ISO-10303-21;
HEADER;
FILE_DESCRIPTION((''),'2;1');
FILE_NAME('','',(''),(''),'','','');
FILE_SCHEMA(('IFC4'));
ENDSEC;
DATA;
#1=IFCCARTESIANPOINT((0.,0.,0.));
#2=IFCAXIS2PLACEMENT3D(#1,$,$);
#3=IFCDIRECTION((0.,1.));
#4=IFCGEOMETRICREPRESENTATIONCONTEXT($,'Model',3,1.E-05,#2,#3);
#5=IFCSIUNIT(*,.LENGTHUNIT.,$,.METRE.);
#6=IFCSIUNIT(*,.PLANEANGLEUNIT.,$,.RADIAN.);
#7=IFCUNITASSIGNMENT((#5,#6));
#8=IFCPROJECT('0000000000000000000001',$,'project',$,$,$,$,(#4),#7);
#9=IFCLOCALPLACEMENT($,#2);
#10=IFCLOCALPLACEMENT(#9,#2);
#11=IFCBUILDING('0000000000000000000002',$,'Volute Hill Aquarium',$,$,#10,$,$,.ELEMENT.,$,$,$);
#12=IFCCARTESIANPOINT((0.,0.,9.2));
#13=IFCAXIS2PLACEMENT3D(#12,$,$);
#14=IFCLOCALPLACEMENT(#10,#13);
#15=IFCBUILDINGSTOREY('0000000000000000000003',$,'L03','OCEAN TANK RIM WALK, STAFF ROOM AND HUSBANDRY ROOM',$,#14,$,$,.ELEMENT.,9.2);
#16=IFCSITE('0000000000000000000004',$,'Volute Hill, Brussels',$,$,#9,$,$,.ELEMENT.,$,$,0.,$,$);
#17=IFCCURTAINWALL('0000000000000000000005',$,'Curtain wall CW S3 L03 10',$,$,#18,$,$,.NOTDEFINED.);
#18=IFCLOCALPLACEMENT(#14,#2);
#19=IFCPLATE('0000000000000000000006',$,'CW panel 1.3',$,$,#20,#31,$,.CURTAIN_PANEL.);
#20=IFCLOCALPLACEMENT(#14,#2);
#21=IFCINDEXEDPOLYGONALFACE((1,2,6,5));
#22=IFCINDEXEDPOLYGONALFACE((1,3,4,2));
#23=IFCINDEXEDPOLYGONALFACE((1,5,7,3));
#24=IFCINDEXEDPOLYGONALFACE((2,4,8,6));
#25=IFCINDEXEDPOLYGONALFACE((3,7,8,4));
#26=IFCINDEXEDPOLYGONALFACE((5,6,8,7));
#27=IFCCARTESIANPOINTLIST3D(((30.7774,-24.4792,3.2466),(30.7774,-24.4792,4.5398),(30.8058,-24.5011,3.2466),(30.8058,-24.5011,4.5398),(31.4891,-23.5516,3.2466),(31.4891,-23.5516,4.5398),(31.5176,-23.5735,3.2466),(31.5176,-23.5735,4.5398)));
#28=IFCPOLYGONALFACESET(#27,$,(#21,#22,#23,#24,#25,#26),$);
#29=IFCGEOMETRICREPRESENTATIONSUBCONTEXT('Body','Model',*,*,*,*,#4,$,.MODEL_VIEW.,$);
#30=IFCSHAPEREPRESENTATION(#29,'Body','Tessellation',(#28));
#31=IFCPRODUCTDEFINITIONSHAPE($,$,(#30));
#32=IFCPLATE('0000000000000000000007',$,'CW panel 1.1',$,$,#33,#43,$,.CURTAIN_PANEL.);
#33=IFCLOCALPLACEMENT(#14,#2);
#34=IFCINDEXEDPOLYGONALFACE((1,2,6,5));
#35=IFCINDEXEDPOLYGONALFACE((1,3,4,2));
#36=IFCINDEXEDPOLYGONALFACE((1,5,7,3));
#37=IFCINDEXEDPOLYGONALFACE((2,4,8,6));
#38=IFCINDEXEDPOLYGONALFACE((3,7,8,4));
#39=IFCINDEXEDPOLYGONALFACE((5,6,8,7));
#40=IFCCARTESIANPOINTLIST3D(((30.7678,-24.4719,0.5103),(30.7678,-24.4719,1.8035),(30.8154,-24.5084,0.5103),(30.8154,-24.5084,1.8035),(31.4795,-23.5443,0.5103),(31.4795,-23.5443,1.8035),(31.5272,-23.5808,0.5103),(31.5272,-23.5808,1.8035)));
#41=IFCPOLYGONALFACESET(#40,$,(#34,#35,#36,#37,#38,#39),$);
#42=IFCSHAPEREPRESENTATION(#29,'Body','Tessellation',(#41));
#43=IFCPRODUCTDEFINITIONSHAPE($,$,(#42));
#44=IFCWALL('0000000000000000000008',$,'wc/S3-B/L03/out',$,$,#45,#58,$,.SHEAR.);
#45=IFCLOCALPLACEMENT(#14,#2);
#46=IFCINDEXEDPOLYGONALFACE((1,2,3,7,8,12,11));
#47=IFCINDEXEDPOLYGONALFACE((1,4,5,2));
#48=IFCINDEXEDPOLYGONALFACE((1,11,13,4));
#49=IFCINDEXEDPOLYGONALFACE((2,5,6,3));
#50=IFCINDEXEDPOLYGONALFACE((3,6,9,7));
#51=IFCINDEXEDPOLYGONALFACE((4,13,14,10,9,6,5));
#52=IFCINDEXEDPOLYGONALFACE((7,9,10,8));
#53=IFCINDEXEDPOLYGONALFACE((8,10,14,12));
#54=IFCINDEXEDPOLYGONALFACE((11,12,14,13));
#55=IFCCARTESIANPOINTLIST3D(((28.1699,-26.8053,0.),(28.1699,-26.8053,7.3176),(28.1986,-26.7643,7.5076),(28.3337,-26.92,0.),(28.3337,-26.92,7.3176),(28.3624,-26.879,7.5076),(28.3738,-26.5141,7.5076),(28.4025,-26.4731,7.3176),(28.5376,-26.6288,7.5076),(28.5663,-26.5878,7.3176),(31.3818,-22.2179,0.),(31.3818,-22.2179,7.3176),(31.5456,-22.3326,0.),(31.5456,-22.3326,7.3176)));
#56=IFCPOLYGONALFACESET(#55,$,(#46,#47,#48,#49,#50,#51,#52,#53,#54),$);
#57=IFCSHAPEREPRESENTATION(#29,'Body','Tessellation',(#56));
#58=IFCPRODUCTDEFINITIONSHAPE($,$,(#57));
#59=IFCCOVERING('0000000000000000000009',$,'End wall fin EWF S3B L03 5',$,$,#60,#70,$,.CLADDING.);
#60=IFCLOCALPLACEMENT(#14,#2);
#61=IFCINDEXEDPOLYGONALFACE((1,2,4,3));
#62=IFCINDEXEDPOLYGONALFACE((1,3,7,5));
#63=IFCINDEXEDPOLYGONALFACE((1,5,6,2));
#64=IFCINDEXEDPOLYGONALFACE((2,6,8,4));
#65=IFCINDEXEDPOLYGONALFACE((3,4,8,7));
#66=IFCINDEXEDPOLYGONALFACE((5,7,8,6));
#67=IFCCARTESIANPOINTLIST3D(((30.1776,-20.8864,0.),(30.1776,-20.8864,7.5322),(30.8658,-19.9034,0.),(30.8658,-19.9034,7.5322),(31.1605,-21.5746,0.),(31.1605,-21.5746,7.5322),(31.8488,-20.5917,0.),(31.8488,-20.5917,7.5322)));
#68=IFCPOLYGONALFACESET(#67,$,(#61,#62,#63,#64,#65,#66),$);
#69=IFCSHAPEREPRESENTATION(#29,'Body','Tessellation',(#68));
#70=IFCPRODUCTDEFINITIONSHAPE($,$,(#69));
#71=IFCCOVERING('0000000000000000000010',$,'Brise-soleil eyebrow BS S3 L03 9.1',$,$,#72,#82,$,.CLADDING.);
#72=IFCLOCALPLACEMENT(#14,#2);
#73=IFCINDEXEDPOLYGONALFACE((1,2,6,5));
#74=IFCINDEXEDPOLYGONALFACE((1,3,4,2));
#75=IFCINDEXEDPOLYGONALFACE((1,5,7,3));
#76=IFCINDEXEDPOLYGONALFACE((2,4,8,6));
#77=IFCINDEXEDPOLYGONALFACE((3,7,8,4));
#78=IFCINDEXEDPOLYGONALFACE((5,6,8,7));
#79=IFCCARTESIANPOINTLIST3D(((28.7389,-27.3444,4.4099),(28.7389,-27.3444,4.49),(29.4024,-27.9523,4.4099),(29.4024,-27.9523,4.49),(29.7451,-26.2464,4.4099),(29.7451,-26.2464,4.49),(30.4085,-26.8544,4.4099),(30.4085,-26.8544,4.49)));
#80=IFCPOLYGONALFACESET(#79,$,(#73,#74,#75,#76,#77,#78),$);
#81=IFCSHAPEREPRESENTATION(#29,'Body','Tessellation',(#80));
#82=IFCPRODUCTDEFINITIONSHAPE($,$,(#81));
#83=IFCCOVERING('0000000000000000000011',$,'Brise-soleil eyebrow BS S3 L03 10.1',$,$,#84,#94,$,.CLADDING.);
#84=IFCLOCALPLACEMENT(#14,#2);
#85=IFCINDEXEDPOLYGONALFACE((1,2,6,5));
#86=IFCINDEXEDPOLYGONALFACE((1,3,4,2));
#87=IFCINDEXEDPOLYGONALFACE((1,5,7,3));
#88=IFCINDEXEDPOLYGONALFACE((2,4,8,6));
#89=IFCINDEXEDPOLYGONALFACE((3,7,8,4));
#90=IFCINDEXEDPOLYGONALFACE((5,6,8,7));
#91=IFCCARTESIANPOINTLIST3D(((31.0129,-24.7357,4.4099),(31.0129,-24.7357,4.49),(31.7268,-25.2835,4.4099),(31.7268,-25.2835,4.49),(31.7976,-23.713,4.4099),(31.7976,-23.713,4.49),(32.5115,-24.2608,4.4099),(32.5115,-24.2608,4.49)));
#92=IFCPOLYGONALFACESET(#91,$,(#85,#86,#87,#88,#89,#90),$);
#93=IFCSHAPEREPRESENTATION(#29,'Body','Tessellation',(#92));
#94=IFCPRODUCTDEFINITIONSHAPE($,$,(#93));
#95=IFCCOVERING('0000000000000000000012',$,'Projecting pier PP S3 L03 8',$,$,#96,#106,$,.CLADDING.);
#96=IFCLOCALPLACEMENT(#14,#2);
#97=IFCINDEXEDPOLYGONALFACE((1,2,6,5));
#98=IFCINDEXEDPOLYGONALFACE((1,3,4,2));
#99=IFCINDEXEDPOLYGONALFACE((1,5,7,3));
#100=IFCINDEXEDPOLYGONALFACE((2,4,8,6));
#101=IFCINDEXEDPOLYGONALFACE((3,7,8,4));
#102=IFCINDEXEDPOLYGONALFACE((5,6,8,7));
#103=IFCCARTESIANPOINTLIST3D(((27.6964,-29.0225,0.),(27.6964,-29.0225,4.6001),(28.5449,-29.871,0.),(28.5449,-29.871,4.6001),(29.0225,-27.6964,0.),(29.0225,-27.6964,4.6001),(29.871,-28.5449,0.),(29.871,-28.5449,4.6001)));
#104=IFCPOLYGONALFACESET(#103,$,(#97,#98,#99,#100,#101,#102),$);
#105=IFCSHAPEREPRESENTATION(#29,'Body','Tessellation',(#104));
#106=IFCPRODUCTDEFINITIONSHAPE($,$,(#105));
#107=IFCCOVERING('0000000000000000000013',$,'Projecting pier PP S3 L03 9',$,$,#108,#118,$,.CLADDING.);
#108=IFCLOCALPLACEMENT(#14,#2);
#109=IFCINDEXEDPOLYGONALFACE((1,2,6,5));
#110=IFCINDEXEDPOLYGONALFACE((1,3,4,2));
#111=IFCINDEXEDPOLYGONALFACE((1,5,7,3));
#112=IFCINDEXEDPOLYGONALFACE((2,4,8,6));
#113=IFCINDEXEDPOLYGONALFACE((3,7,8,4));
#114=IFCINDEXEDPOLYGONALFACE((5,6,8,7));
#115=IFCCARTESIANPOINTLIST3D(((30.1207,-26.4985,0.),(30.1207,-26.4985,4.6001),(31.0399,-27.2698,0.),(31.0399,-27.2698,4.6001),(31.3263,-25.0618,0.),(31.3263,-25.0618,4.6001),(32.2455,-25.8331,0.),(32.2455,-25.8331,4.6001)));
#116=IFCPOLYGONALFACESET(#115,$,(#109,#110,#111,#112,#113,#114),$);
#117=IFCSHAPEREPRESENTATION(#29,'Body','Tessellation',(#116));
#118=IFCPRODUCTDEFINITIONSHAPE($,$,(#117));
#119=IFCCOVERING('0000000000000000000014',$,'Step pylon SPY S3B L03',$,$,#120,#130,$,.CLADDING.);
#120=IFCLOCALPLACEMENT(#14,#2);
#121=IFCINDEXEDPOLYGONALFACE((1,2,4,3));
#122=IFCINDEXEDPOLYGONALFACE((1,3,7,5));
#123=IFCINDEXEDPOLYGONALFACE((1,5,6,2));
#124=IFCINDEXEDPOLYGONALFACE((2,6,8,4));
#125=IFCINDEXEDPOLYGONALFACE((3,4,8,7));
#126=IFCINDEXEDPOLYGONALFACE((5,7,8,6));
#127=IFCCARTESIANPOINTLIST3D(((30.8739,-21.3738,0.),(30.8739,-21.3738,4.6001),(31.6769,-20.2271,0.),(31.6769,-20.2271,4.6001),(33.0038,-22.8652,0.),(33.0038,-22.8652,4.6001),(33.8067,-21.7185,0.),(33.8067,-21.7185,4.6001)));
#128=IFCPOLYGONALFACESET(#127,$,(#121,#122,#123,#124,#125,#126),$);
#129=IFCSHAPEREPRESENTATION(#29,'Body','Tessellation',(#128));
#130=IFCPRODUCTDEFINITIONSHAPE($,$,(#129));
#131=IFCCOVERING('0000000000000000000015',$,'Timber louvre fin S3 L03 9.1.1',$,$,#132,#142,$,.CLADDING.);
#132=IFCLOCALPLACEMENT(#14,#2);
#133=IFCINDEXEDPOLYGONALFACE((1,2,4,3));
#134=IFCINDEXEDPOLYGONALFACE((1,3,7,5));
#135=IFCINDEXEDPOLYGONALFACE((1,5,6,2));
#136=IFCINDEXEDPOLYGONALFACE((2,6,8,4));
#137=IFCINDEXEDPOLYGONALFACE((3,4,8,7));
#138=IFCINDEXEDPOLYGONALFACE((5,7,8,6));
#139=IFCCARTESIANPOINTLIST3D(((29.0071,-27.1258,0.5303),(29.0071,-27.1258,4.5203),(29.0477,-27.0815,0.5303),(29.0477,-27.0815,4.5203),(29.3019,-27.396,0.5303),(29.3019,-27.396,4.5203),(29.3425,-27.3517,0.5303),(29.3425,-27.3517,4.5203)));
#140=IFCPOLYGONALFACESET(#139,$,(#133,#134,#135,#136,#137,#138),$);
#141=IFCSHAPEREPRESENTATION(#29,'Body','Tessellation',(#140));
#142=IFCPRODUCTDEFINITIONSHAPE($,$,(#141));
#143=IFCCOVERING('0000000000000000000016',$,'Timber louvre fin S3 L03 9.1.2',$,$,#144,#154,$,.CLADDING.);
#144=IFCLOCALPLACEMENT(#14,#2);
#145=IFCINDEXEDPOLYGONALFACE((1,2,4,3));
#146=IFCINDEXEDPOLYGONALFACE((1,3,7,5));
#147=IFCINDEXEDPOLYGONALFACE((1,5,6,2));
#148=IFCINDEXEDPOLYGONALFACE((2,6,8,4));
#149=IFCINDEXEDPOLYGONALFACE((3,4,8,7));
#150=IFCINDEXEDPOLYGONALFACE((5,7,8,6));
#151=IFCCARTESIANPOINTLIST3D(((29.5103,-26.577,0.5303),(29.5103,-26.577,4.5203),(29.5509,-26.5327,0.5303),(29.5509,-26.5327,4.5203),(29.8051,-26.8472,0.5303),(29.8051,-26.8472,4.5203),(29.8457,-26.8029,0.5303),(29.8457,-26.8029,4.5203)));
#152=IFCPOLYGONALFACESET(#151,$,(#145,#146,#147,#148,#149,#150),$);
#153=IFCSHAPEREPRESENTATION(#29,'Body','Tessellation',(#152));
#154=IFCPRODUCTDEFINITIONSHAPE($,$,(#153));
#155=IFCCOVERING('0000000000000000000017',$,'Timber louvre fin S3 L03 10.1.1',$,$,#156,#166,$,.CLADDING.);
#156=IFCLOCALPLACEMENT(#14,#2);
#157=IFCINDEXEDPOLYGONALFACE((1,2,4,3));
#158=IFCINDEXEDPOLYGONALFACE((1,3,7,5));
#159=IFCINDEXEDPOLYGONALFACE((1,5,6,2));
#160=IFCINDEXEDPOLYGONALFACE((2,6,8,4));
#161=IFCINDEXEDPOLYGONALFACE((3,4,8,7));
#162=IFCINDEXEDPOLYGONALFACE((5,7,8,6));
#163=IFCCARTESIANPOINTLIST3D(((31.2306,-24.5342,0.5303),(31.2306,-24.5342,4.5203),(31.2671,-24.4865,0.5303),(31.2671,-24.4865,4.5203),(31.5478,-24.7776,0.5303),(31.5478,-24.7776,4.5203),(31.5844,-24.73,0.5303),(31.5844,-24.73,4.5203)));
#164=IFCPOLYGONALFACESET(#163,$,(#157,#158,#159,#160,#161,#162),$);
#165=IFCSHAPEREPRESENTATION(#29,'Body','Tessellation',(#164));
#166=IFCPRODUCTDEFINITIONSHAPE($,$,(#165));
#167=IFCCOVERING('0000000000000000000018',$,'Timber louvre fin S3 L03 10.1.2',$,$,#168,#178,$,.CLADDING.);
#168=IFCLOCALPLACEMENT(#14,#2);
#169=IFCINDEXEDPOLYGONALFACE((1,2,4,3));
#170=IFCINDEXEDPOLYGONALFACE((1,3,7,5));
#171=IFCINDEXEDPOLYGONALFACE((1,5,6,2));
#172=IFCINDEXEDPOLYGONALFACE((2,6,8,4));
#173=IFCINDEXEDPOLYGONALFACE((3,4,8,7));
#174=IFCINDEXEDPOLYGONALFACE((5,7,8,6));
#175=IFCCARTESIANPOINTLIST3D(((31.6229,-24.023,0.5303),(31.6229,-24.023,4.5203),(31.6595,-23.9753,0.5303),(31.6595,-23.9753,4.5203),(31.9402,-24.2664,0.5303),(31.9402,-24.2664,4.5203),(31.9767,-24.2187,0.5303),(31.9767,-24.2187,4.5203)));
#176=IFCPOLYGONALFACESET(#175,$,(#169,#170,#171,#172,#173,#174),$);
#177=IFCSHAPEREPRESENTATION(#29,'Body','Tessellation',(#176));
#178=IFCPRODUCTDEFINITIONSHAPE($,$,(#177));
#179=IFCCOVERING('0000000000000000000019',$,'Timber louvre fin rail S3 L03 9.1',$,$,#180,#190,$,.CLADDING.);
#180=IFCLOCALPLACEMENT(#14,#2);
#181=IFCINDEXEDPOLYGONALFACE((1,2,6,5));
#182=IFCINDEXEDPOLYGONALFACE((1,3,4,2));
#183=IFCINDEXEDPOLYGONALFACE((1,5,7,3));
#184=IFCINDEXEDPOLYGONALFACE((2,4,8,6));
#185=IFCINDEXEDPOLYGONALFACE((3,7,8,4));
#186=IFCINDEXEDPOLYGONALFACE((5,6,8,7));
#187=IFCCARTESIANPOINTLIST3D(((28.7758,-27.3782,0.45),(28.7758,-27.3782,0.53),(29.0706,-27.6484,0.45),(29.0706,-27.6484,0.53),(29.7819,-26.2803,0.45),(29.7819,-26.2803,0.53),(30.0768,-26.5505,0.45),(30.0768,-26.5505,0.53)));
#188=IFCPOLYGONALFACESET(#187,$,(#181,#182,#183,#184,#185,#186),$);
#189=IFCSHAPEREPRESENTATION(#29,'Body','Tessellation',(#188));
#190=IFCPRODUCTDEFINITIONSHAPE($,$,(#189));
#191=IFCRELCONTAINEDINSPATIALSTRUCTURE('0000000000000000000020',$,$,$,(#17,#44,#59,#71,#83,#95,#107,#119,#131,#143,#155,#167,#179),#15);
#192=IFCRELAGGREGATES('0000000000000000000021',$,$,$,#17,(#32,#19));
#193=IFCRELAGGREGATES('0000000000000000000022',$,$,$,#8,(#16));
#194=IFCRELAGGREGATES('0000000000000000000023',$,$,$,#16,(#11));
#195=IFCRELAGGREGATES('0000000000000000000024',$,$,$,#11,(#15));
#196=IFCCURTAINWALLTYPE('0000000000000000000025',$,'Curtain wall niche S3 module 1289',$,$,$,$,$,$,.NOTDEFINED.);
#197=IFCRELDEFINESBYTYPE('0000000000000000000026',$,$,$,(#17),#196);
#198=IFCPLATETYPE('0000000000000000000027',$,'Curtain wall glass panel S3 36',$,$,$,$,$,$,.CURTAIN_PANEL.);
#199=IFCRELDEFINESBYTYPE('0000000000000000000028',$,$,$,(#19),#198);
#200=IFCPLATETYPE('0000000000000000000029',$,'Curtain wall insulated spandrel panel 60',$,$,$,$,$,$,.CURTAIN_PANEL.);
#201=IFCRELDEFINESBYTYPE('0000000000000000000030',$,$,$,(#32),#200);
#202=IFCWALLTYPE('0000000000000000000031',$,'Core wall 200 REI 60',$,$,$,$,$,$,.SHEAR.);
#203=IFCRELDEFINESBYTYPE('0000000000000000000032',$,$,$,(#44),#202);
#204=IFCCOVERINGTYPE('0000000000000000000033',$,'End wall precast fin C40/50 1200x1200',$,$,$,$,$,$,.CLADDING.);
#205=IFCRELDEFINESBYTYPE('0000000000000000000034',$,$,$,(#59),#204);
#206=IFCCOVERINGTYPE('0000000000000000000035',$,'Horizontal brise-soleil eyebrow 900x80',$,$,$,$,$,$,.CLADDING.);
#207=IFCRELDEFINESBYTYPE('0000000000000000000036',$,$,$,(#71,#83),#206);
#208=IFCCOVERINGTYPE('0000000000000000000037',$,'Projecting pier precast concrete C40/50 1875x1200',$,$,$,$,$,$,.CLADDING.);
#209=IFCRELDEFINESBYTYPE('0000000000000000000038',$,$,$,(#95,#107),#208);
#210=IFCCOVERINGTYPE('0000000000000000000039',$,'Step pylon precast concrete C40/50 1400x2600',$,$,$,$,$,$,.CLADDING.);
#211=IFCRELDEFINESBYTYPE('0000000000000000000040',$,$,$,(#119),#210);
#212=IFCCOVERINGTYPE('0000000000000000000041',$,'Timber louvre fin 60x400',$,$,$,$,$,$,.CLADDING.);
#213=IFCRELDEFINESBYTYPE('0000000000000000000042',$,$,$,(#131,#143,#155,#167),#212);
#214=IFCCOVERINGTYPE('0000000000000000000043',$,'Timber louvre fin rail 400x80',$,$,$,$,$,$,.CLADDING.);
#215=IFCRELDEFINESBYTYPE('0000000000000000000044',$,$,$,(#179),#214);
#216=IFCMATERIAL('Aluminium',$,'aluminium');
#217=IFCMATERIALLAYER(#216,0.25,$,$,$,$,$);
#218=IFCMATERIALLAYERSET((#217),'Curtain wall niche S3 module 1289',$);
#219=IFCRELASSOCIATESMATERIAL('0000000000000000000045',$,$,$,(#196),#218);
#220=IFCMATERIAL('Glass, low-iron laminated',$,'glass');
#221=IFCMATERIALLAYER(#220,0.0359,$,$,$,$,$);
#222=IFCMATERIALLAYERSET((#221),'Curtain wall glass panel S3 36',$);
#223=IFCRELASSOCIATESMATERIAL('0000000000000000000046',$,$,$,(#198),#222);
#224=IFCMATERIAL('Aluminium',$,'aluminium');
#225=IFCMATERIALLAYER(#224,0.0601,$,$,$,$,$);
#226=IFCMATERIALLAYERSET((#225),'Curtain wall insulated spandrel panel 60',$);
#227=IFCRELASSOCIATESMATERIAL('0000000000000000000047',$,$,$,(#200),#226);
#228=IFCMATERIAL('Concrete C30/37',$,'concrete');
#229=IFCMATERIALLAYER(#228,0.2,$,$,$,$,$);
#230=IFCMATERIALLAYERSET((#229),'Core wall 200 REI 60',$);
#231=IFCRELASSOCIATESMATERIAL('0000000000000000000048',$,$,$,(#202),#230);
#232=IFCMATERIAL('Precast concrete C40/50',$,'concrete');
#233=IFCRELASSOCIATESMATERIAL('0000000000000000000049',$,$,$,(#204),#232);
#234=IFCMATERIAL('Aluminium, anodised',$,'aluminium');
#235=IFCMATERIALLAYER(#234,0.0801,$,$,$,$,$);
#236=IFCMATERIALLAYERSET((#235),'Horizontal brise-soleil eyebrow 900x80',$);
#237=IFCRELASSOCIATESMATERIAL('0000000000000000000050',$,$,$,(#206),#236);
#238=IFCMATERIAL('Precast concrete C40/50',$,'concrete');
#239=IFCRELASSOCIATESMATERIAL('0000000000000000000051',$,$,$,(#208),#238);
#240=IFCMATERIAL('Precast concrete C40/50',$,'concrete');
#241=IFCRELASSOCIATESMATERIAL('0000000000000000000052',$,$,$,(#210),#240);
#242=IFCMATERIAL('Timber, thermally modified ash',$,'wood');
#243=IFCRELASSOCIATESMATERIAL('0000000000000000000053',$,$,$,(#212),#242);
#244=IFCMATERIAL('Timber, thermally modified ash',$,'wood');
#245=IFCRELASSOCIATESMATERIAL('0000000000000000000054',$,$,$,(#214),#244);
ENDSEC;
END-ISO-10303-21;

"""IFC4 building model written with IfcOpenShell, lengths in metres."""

from ifc_helpers import new_model, si_unit, direction, frame, origin, origin_2d, place, context, subcontext, project, spatial, polyline, rectangle, outline, extrude, material, layer, layer_set, type_object, element, aggregate, save


model = new_model("IFC4")

# Units and contexts
model_context = context("Model", 3, precision=1e-05, world=origin(), true_north=direction((0.0, 1.0)))
body_context = subcontext(model_context, "Body", "Model", "MODEL_VIEW")
ifc_project = project(units=[si_unit("LENGTHUNIT", "METRE"), si_unit("PLANEANGLEUNIT", "RADIAN")], contexts=[model_context])

# Site, building, storey
site_placement = place(None, origin())
site = spatial("IfcSite", under=ifc_project, at=site_placement, Name="Volute Hill, Brussels", CompositionType="ELEMENT", RefElevation=0.0)
building_placement = place(site_placement, origin())
building = spatial("IfcBuilding", under=site, at=building_placement, Name="Volute Hill Aquarium", CompositionType="ELEMENT")
storey_placement = place(building_placement, frame((0.0, 0.0, 9.2)))
storey = spatial("IfcBuildingStorey", under=building, at=storey_placement, Name="L03", Description="OCEAN TANK RIM WALK, STAFF ROOM AND HUSBANDRY ROOM", CompositionType="ELEMENT", Elevation=9.2)

# Curtain wall
ifc_material_1 = material(Name="Aluminium", Category="aluminium")
ifc_layer_1 = layer(ifc_material_1, 0.25)
ifc_layer_set_1 = layer_set([ifc_layer_1], Name="Curtain wall niche S3 module 1289")
curtain_wall_type_1 = type_object("IfcCurtainWallType", Name="Curtain wall niche S3 module 1289", PredefinedType="NOTDEFINED", material=ifc_layer_set_1)
curtain_wall_1_placement = place(storey_placement, origin())
curtain_wall_1 = element("IfcCurtainWall", 1, at=curtain_wall_1_placement, inside=storey, type_object=curtain_wall_type_1, Name="Curtain wall CW S3 L03 10", PredefinedType="NOTDEFINED")

# Plates
ifc_material_2 = material(Name="Glass, low-iron laminated", Category="glass")
ifc_layer_2 = layer(ifc_material_2, 0.0359)
ifc_layer_set_2 = layer_set([ifc_layer_2], Name="Curtain wall glass panel S3 36")
plate_type_1 = type_object("IfcPlateType", Name="Curtain wall glass panel S3 36", PredefinedType="CURTAIN_PANEL", material=ifc_layer_set_2)
plate_1_placement = place(storey_placement, frame((31.1475, -24.0264, 3.2466), z_axis=(0.0, 0.0, 1.0), x_axis=(0.608745, 0.793366, 0.0)))
plate_1 = element("IfcPlate", 2, at=plate_1_placement, type_object=plate_type_1, Name="CW panel 1.3", PredefinedType="CURTAIN_PANEL", context=body_context, shape_type="SweptSolid", body=[
    extrude(rectangle(XDim=1.1692, YDim=0.0359, at=origin_2d()), origin(), (0.0, 0.0, 1.0), 1.2932),
])
ifc_material_3 = material(Name="Aluminium", Category="aluminium")
ifc_layer_3 = layer(ifc_material_3, 0.0601)
ifc_layer_set_3 = layer_set([ifc_layer_3], Name="Curtain wall insulated spandrel panel 60")
plate_type_2 = type_object("IfcPlateType", Name="Curtain wall insulated spandrel panel 60", PredefinedType="CURTAIN_PANEL", material=ifc_layer_set_3)
plate_2_placement = place(storey_placement, frame((31.1475, -24.0264, 0.5103), z_axis=(0.0, 0.0, 1.0), x_axis=(0.608745, 0.793366, 0.0)))
plate_2 = element("IfcPlate", 3, at=plate_2_placement, type_object=plate_type_2, Name="CW panel 1.1", PredefinedType="CURTAIN_PANEL", context=body_context, shape_type="SweptSolid", body=[
    extrude(rectangle(XDim=1.1692, YDim=0.0601, at=origin_2d()), origin(), (0.0, 0.0, 1.0), 1.2932),
])
aggregate(curtain_wall_1, [plate_2, plate_1])

# Wall
ifc_material_4 = material(Name="Concrete C30/37", Category="concrete")
ifc_layer_4 = layer(ifc_material_4, 0.2)
ifc_layer_set_4 = layer_set([ifc_layer_4], Name="Core wall 200 REI 60")
wall_type = type_object("IfcWallType", Name="Core wall 200 REI 60", PredefinedType="SHEAR", material=ifc_layer_set_4)
wall_placement = place(storey_placement, frame((31.4636, -22.2751, 0.0), z_axis=(0.0, 0.0, 1.0), x_axis=(-0.57355, -0.81917, 0.0)))
element("IfcWall", 4, at=wall_placement, inside=storey, type_object=wall_type, Name="wc/S3-B/L03/out", PredefinedType="SHEAR", context=body_context, shape_type="SweptSolid", body=[
    extrude(outline(polyline([(0.0, 0.0), (5.6001, 0.0), (5.6001, 7.3176), (5.55, 7.5076), (5.2446, 7.5076), (5.1946, 7.3176), (0.0, 7.3176), (0.0, 0.0)])), frame((0.0, 0.1001, 0.0), z_axis=(0.0, -1.0, 0.0), x_axis=(1.0, 0.0, 0.0)), (0.0, 0.0, 1.0), 0.2),
])

# Coverings
ifc_material_5 = material(Name="Precast concrete C40/50", Category="concrete")
covering_type_1 = type_object("IfcCoveringType", Name="End wall precast fin C40/50 1200x1200", PredefinedType="CLADDING", material=ifc_material_5)
covering_1_placement = place(storey_placement, frame((31.0132, -20.739, 0.0), z_axis=(0.0, 0.0, 1.0), x_axis=(0.819151, -0.573578, 0.0)))
element("IfcCovering", 5, at=covering_1_placement, inside=storey, type_object=covering_type_1, Name="End wall fin EWF S3B L03 5", PredefinedType="CLADDING", context=body_context, shape_type="SweptSolid", body=[
    extrude(rectangle(XDim=1.2, YDim=1.2, at=origin_2d()), origin(), (0.0, 0.0, 1.0), 7.5322),
])
ifc_material_6 = material(Name="Aluminium, anodised", Category="aluminium")
ifc_layer_5 = layer(ifc_material_6, 0.0801)
ifc_layer_set_5 = layer_set([ifc_layer_5], Name="Horizontal brise-soleil eyebrow 900x80")
covering_type_2 = type_object("IfcCoveringType", Name="Horizontal brise-soleil eyebrow 900x80", PredefinedType="CLADDING", material=ifc_layer_set_5)
covering_2_placement = place(storey_placement, frame((29.5737, -27.0994, 4.4099), z_axis=(0.0, 0.0, 1.0), x_axis=(0.675612, 0.737257, 0.0)))
element("IfcCovering", 6, at=covering_2_placement, inside=storey, type_object=covering_type_2, Name="Brise-soleil eyebrow BS S3 L03 9.1", PredefinedType="CLADDING", context=body_context, shape_type="SweptSolid", body=[
    extrude(rectangle(XDim=1.4893, YDim=0.8999, at=origin_2d()), origin(), (0.0, 0.0, 1.0), 0.0801),
])
covering_3_placement = place(storey_placement, frame((31.7622, -24.4983, 4.4099), z_axis=(0.0, 0.0, 1.0), x_axis=(0.608746, 0.793365, 0.0)))
element("IfcCovering", 7, at=covering_3_placement, inside=storey, type_object=covering_type_2, Name="Brise-soleil eyebrow BS S3 L03 10.1", PredefinedType="CLADDING", context=body_context, shape_type="SweptSolid", body=[
    extrude(rectangle(XDim=1.2891, YDim=0.8999, at=origin_2d()), origin(), (0.0, 0.0, 1.0), 0.0801),
])
ifc_material_7 = material(Name="Precast concrete C40/50", Category="concrete")
covering_type_3 = type_object("IfcCoveringType", Name="Projecting pier precast concrete C40/50 1875x1200", PredefinedType="CLADDING", material=ifc_material_7)
for number, where, z_axis, x_axis, name in (
    (8, (28.7837, -28.7837, 0.0), (0.0, 0.0, 1.0), (0.707107, 0.707107, 0.0), "Projecting pier PP S3 L03 8"),
    (9, (31.1831, -26.1658, 0.0), (0.0, 0.0, 1.0), (0.642788, 0.766044, 0.0), "Projecting pier PP S3 L03 9"),
):
    element("IfcCovering", number, at=place(storey_placement, frame(where, z_axis=z_axis, x_axis=x_axis)), inside=storey, type_object=covering_type_3, Name=name, PredefinedType="CLADDING", context=body_context, shape_type="SweptSolid", body=[
        extrude(rectangle(XDim=1.8755, YDim=1.2, at=origin_2d()), origin(), (0.0, 0.0, 1.0), 4.6001),
    ])
ifc_material_8 = material(Name="Precast concrete C40/50", Category="concrete")
covering_type_4 = type_object("IfcCoveringType", Name="Step pylon precast concrete C40/50 1400x2600", PredefinedType="CLADDING", material=ifc_material_8)
covering_4_placement = place(storey_placement, frame((32.3403, -21.5461, 0.0), z_axis=(0.0, 0.0, 1.0), x_axis=(0.819152, -0.573576, 0.0)))
element("IfcCovering", 10, at=covering_4_placement, inside=storey, type_object=covering_type_4, Name="Step pylon SPY S3B L03", PredefinedType="CLADDING", context=body_context, shape_type="SweptSolid", body=[
    extrude(rectangle(XDim=2.6001, YDim=1.3999, at=origin_2d()), origin(), (0.0, 0.0, 1.0), 4.6001),
])
ifc_material_9 = material(Name="Timber, thermally modified ash", Category="wood")
covering_type_5 = type_object("IfcCoveringType", Name="Timber louvre fin 60x400", PredefinedType="CLADDING", material=ifc_material_9)
for number, where, z_axis, x_axis, name in (
    (11, (29.1748, -27.2388, 0.5303), (0.0, 0.0, 1.0), (0.675612, 0.737257, 0.0), "Timber louvre fin S3 L03 9.1.1"),
    (12, (29.678, -26.6899, 0.5303), (0.0, 0.0, 1.0), (0.675612, 0.737257, 0.0), "Timber louvre fin S3 L03 9.1.2"),
    (13, (31.4075, -24.6321, 0.5303), (0.0, 0.0, 1.0), (0.608746, 0.793365, 0.0), "Timber louvre fin S3 L03 10.1.1"),
    (14, (31.7998, -24.1208, 0.5303), (0.0, 0.0, 1.0), (0.608746, 0.793365, 0.0), "Timber louvre fin S3 L03 10.1.2"),
):
    element("IfcCovering", number, at=place(storey_placement, frame(where, z_axis=z_axis, x_axis=x_axis)), inside=storey, type_object=covering_type_5, Name=name, PredefinedType="CLADDING", context=body_context, shape_type="SweptSolid", body=[
        extrude(rectangle(XDim=0.0601, YDim=0.3999, at=origin_2d()), origin(), (0.0, 0.0, 1.0), 3.99),
    ])
ifc_material_10 = material(Name="Timber, thermally modified ash", Category="wood")
covering_type_6 = type_object("IfcCoveringType", Name="Timber louvre fin rail 400x80", PredefinedType="CLADDING", material=ifc_material_10)
for number, where, z_axis, x_axis, name in (
    (15, (29.4263, -26.9644, 0.45), (0.0, 0.0, 1.0), (0.675612, 0.737257, 0.0), "Timber louvre fin rail S3 L03 9.1"),
):
    element("IfcCovering", number, at=place(storey_placement, frame(where, z_axis=z_axis, x_axis=x_axis)), inside=storey, type_object=covering_type_6, Name=name, PredefinedType="CLADDING", context=body_context, shape_type="SweptSolid", body=[
        extrude(rectangle(XDim=1.4893, YDim=0.3999, at=origin_2d()), origin(), (0.0, 0.0, 1.0), 0.0801),
    ])

save(model, "model.ifc")
